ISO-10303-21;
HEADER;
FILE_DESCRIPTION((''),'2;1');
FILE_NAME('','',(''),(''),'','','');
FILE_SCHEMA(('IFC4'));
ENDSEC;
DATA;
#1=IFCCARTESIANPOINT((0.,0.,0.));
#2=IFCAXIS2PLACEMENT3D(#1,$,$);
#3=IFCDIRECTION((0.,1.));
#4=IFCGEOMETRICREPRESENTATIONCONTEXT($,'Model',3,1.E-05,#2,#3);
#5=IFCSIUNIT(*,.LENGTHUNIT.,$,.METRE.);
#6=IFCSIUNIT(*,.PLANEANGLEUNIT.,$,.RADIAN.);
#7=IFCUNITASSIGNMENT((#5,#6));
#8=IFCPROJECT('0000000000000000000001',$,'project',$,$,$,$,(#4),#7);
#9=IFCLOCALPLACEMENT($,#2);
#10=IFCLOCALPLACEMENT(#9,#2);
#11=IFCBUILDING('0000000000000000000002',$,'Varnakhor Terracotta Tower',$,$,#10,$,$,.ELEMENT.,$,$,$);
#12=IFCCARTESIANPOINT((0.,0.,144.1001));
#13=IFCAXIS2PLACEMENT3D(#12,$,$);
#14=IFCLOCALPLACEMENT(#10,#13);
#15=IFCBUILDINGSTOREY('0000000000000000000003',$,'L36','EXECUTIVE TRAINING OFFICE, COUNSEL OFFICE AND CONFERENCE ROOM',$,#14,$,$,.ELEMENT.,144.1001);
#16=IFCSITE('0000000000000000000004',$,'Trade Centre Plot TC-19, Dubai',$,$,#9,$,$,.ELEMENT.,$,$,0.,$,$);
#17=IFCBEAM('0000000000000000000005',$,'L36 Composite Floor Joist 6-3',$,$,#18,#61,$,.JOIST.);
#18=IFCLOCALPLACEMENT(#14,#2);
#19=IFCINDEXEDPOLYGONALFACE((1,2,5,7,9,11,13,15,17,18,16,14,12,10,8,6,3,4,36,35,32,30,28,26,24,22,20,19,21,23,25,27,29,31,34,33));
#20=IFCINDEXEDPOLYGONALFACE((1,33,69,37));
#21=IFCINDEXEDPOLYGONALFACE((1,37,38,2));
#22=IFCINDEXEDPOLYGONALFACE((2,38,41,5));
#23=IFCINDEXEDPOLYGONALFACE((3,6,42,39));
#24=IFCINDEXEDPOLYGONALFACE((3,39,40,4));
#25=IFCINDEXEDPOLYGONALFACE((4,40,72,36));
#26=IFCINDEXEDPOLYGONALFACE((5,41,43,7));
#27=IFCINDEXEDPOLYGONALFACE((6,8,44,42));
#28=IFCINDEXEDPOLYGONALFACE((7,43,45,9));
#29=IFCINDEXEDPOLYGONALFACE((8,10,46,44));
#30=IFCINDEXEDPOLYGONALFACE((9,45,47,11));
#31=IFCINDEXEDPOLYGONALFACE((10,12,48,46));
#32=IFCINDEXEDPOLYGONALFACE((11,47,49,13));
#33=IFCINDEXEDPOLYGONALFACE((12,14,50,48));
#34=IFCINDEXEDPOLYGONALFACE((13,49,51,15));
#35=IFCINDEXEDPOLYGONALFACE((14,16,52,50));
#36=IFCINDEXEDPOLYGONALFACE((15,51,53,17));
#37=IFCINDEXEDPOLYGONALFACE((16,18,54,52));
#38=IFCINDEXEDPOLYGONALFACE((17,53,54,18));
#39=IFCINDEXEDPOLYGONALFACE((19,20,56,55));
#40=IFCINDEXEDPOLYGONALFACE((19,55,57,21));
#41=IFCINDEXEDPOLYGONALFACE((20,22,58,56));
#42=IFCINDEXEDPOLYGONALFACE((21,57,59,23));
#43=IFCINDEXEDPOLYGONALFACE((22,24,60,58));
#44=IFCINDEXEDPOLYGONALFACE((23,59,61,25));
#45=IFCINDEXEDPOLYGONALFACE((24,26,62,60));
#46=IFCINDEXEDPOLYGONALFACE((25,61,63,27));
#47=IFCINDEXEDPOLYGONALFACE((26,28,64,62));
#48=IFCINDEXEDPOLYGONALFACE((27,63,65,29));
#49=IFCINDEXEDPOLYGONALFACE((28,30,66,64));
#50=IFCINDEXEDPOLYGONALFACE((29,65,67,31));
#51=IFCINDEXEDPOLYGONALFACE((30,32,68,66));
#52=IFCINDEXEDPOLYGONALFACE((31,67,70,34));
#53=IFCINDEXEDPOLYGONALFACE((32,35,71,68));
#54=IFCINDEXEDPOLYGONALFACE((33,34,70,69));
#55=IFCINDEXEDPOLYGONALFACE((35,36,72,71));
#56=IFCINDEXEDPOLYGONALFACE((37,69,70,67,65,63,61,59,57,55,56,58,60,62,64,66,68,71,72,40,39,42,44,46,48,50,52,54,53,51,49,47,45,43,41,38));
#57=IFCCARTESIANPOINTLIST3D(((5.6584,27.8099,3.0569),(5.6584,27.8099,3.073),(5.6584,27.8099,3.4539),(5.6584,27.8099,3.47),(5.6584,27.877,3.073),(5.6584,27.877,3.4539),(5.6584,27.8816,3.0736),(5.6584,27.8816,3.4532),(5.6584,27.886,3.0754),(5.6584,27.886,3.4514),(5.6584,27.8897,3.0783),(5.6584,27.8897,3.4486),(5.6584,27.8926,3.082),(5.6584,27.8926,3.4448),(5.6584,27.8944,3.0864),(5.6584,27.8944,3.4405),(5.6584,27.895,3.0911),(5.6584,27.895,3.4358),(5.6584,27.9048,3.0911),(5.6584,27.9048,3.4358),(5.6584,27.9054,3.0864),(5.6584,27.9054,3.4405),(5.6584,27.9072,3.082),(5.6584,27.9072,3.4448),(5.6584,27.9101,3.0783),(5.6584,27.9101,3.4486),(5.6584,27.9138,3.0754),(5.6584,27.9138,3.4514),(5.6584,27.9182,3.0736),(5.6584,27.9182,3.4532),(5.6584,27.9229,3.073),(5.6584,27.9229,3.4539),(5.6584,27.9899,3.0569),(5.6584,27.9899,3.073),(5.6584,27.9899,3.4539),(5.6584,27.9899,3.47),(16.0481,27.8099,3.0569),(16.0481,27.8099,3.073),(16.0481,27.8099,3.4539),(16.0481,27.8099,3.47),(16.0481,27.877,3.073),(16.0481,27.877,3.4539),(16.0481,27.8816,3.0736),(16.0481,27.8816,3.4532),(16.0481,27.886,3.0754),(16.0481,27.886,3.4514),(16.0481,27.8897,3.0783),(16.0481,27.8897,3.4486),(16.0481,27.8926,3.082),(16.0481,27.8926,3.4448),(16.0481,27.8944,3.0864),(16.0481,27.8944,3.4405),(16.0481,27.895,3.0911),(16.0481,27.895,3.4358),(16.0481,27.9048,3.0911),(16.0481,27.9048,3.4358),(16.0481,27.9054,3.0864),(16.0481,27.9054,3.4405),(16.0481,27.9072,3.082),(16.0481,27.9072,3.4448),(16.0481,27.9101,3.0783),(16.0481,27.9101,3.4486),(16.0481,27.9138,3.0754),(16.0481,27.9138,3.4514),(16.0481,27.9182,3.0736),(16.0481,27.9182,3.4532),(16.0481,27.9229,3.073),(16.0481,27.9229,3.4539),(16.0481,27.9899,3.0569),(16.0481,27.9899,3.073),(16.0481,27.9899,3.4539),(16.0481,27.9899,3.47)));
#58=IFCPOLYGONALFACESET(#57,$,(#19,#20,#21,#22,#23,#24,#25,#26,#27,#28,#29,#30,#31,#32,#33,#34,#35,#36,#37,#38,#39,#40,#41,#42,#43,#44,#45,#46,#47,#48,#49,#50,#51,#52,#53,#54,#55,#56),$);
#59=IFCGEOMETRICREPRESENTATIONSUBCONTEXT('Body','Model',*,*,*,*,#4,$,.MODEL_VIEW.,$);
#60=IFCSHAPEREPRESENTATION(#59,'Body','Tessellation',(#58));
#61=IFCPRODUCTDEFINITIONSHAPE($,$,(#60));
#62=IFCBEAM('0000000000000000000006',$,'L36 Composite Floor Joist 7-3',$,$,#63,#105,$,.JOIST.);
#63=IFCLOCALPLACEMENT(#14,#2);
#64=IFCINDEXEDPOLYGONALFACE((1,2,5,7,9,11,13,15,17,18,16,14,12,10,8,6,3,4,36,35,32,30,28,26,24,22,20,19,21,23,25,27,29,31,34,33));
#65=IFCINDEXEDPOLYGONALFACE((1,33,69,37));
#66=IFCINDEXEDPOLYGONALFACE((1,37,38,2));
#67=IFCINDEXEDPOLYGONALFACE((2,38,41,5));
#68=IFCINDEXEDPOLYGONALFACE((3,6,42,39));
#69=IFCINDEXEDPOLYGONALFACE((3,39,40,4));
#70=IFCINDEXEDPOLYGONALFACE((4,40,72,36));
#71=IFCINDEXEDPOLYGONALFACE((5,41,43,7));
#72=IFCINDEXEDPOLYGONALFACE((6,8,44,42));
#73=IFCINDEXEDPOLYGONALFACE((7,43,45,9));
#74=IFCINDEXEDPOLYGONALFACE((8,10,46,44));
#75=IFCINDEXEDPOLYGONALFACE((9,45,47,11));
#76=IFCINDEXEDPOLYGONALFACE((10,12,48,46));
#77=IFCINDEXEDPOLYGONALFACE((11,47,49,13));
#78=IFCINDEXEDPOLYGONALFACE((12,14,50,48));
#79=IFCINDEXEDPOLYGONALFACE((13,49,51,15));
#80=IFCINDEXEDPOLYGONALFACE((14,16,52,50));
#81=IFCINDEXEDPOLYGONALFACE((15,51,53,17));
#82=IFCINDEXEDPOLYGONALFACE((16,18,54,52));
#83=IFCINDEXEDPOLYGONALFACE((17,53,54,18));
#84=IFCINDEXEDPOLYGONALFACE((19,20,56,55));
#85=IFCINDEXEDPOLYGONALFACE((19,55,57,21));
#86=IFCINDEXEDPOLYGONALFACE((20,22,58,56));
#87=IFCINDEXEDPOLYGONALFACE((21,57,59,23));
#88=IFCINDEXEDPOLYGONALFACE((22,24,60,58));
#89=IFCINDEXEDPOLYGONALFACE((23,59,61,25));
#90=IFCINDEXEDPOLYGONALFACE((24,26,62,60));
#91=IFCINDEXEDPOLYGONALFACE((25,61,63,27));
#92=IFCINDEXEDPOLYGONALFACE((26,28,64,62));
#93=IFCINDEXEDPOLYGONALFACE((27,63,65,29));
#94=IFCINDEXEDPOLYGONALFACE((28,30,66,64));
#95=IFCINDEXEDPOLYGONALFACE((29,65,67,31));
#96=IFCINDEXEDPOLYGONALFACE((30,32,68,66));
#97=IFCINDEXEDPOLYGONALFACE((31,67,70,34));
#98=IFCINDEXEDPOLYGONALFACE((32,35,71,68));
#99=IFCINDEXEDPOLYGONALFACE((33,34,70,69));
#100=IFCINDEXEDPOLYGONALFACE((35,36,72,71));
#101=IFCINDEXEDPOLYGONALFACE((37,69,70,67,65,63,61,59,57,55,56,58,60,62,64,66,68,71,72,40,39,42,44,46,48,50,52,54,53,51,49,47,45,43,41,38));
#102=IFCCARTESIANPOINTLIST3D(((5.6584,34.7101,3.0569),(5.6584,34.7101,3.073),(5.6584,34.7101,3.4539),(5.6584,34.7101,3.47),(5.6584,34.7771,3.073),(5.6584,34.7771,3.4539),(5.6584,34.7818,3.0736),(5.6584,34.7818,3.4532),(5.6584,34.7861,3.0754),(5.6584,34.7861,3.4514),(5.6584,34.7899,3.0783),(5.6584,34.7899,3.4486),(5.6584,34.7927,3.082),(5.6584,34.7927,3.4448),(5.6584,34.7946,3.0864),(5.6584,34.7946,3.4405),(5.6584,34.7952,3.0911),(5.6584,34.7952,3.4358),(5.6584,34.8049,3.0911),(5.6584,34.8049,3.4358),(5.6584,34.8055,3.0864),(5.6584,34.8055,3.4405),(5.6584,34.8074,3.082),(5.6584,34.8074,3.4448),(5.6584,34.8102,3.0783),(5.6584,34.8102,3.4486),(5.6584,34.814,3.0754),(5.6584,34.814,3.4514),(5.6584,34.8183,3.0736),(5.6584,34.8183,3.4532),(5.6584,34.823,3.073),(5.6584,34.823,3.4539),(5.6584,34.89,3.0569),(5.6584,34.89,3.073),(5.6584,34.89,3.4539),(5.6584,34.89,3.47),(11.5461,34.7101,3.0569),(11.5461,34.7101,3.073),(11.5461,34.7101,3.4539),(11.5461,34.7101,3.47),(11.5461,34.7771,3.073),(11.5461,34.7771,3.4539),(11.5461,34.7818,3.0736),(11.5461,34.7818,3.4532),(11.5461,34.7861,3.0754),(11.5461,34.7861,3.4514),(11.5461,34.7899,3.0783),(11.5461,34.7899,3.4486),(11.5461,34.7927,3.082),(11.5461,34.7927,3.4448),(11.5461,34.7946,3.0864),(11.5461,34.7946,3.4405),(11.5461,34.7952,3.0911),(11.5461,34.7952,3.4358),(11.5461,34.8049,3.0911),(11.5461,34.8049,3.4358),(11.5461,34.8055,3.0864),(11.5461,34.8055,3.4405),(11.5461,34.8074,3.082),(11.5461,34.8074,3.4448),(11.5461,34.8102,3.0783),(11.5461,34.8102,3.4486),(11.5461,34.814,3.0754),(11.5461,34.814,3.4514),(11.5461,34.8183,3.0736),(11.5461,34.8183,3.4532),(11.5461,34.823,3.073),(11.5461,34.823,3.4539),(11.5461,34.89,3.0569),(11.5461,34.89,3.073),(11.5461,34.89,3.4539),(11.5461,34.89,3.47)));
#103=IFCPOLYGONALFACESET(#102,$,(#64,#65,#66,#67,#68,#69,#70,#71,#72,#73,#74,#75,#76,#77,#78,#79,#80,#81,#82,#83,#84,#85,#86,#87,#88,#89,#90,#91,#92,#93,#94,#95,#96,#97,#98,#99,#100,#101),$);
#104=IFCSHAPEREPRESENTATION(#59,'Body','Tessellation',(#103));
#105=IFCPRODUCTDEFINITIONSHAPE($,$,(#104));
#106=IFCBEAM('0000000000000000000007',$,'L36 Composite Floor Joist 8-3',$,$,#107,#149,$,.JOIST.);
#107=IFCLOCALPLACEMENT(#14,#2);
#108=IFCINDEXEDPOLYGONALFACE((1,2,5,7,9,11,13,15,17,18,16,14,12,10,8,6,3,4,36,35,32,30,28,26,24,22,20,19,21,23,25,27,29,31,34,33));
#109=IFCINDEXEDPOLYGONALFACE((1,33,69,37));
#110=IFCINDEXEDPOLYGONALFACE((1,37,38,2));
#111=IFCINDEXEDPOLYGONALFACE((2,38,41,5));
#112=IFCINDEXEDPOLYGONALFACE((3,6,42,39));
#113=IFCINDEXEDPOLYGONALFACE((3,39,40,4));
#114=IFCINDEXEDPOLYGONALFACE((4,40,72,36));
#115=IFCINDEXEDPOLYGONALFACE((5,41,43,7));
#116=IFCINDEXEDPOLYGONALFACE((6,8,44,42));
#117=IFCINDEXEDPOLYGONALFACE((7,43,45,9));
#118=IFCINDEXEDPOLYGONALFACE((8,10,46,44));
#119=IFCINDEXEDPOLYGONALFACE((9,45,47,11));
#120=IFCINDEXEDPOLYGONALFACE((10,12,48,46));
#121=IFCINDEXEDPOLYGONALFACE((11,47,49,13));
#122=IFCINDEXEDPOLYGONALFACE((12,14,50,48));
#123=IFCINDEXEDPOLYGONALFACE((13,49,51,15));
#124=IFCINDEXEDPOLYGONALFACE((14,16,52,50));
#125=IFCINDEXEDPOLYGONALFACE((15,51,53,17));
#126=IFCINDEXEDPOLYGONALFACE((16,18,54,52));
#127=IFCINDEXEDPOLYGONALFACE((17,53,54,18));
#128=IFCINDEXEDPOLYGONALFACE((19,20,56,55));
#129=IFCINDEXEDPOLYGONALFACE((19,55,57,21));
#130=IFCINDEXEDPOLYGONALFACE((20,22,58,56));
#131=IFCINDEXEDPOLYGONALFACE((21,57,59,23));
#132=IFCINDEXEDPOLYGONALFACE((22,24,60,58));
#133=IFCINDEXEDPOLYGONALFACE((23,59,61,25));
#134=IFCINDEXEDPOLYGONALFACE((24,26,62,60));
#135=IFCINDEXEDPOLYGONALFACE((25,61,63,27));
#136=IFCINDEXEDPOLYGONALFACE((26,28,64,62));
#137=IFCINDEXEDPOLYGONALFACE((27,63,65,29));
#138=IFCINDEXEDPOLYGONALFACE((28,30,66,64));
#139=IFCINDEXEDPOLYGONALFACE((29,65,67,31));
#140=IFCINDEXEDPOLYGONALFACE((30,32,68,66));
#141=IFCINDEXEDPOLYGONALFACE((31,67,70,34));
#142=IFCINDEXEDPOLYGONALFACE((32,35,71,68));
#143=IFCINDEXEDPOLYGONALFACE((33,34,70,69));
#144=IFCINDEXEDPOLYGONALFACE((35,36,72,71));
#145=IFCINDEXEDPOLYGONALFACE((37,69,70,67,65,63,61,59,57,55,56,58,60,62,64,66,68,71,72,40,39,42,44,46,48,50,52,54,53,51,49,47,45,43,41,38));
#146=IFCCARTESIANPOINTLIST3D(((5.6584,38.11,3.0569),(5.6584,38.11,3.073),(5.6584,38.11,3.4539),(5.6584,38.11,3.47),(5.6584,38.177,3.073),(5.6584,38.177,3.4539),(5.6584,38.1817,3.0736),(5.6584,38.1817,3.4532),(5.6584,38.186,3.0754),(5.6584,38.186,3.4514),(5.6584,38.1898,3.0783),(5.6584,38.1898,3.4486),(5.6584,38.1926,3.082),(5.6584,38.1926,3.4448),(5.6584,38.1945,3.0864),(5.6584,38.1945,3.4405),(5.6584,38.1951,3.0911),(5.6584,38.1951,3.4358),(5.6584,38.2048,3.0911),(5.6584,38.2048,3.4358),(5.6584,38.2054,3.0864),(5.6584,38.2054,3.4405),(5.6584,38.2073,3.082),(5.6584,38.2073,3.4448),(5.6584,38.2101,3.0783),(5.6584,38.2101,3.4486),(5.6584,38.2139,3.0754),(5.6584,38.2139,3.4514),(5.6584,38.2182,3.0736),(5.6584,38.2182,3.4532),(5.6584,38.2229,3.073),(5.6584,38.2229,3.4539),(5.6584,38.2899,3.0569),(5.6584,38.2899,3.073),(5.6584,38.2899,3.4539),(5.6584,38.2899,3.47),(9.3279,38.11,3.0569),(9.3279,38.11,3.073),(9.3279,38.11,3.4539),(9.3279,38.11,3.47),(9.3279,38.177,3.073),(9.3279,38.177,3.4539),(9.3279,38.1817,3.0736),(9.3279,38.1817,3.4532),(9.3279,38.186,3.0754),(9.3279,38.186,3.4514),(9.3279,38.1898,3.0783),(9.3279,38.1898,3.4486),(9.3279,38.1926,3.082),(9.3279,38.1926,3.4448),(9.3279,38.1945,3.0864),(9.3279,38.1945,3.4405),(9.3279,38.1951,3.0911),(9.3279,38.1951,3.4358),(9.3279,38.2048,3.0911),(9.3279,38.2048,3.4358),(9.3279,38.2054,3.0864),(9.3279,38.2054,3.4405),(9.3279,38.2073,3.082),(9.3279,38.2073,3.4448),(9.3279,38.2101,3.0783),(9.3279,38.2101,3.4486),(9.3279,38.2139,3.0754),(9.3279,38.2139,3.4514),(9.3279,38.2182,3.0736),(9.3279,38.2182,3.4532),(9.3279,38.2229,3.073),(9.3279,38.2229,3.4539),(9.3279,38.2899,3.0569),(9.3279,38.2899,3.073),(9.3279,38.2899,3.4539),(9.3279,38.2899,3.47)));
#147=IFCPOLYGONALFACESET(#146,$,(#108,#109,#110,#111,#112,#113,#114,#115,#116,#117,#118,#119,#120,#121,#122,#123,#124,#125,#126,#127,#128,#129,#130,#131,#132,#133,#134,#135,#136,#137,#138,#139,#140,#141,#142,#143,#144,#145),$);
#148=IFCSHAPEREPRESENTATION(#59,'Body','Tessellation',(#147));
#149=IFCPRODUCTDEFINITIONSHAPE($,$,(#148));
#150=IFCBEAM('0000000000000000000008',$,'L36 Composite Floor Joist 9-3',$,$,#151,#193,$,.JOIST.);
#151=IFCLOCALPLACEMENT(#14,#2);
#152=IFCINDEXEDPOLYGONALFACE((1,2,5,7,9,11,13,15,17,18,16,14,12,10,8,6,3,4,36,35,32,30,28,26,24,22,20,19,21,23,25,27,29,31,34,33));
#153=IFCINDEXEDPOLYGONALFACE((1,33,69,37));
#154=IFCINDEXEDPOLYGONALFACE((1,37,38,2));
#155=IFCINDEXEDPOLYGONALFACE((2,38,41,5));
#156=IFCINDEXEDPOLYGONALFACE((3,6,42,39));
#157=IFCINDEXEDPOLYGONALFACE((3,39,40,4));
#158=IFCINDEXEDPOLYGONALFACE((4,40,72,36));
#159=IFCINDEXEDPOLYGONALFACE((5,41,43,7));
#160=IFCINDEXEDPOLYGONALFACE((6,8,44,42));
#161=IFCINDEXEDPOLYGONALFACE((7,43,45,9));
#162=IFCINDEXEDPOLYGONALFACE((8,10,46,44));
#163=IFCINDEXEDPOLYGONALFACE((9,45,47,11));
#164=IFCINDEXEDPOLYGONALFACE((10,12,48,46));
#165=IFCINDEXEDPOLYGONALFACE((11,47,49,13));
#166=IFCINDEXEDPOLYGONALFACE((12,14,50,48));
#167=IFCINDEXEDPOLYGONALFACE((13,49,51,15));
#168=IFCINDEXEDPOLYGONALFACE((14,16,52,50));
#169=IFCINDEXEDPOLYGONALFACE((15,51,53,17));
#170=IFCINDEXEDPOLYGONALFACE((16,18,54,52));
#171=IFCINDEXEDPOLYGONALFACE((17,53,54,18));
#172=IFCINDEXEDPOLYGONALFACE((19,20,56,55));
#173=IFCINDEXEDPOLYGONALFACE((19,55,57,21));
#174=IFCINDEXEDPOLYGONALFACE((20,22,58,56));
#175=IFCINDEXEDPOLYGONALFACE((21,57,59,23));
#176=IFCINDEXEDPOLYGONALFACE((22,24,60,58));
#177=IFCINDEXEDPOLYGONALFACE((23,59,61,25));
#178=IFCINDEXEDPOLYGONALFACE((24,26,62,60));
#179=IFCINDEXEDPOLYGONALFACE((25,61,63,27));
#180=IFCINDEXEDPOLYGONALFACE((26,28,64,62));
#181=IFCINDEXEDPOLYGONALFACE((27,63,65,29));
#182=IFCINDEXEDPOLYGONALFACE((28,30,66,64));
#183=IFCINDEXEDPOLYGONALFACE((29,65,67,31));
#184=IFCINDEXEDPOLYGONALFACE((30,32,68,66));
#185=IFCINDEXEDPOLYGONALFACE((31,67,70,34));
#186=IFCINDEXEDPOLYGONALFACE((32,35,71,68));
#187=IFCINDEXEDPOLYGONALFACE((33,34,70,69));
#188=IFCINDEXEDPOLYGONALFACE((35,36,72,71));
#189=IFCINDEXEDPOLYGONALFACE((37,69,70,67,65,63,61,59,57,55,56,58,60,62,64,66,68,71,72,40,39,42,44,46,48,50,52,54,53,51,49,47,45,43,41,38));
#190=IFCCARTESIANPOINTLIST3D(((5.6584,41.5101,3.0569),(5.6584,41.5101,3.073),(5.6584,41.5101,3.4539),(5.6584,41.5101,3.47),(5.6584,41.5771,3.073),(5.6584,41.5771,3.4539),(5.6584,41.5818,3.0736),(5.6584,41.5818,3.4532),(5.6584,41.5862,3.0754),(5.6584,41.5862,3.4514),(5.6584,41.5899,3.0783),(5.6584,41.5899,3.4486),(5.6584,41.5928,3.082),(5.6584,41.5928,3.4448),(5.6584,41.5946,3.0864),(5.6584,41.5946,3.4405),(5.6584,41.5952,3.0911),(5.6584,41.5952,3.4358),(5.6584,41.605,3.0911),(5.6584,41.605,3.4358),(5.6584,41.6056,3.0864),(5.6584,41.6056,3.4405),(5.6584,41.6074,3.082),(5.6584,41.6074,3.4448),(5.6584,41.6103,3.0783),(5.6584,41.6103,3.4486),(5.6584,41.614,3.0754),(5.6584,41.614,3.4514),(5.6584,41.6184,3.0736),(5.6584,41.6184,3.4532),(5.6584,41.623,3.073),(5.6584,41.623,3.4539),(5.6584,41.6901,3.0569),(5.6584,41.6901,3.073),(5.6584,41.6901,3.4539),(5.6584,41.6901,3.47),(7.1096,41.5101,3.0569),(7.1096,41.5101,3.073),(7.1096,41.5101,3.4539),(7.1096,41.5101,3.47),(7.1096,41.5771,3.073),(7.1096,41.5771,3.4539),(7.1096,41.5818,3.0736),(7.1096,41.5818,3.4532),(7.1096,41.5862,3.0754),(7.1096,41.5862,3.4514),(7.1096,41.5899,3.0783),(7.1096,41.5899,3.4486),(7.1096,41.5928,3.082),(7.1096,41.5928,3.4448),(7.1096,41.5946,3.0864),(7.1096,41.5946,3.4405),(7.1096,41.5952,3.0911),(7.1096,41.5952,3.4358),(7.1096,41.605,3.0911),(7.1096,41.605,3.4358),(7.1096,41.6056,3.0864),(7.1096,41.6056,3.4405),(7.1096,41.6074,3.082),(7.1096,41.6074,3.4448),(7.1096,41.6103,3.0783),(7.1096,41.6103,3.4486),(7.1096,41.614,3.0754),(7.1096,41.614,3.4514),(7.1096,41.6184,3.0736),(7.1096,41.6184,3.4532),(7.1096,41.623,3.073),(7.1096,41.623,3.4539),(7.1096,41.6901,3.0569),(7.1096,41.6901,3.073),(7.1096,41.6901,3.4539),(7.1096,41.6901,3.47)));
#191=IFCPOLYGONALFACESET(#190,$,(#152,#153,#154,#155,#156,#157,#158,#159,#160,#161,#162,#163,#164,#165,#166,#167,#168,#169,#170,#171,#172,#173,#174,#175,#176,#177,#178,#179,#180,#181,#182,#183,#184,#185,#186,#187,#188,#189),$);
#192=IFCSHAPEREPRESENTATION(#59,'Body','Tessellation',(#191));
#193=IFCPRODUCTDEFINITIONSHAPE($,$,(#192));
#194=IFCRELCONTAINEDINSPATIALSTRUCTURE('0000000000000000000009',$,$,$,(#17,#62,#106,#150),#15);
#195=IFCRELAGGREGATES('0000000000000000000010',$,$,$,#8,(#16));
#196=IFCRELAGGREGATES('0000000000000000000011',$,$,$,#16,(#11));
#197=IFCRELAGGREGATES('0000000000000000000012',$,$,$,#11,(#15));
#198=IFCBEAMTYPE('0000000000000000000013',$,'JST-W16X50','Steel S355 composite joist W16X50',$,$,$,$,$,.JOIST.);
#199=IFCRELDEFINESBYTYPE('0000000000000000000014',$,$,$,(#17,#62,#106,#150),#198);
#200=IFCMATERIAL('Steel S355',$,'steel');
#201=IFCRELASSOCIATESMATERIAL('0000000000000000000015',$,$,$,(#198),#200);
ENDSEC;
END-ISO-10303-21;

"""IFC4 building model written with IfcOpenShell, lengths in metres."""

from ifc_helpers import new_model, si_unit, direction, frame, origin, origin_2d, place, context, subcontext, project, spatial, i_section, extrude, source, transform, mapped, material, material_profile, profile_set, type_object, element, save


model = new_model("IFC4")

# Units and contexts
model_context = context("Model", 3, precision=1e-05, world=origin(), true_north=direction((0.0, 1.0)))
body_context = subcontext(model_context, "Body", "Model", "MODEL_VIEW")
ifc_project = project(units=[si_unit("LENGTHUNIT", "METRE"), si_unit("PLANEANGLEUNIT", "RADIAN")], contexts=[model_context])

# Site, building, storey
site_placement = place(None, origin())
site = spatial("IfcSite", under=ifc_project, at=site_placement, Name="Trade Centre Plot TC-19, Dubai", CompositionType="ELEMENT", RefElevation=0.0)
building_placement = place(site_placement, origin())
building = spatial("IfcBuilding", under=site, at=building_placement, Name="Varnakhor Terracotta Tower", CompositionType="ELEMENT")
storey_placement = place(building_placement, frame((0.0, 0.0, 144.1001)))
storey = spatial("IfcBuildingStorey", under=building, at=storey_placement, Name="L36", Description="EXECUTIVE TRAINING OFFICE, COUNSEL OFFICE AND CONFERENCE ROOM", CompositionType="ELEMENT", Elevation=144.1001)

# Beams
ifc_material_1 = material(Name="Steel S355", Category="steel")
ifc_material_profile_1 = material_profile(ifc_material_1, i_section(OverallWidth=0.1799, OverallDepth=0.4131, WebThickness=0.0098, FlangeThickness=0.0161, FilletRadius=0.0181, at=origin_2d()), Name="W16X50")
ifc_profile_set_1 = profile_set([ifc_material_profile_1], Name="Steel S355")
beam_type_1 = type_object("IfcBeamType", Name="JST-W16X50", Description="Steel S355 composite joist W16X50", PredefinedType="JOIST", material=ifc_profile_set_1)
shared_shape_1 = source(origin(), body_context, "Body", "SweptSolid", [
    extrude(i_section(OverallWidth=0.1799, OverallDepth=0.4131, WebThickness=0.0098, FlangeThickness=0.0161, FilletRadius=0.0181, at=origin_2d()), origin(), (0.0, 0.0, 1.0), 10.3896),
])
beam_1_placement = place(storey_placement, frame((5.6584, 27.8999, 3.2634), z_axis=(1.0, 0.0, 0.0), x_axis=(0.0, 1.0, 0.0)))
element("IfcBeam", 1, at=beam_1_placement, inside=storey, type_object=beam_type_1, Name="L36 Composite Floor Joist 6-3", PredefinedType="JOIST", context=body_context, shape_type="MappedRepresentation", body=[
    mapped(shared_shape_1, transform((0.0, 0.0, 0.0), scale=1.0)),
])
shared_shape_2 = source(origin(), body_context, "Body", "SweptSolid", [
    extrude(i_section(OverallWidth=0.1799, OverallDepth=0.4131, WebThickness=0.0098, FlangeThickness=0.0161, FilletRadius=0.0181, at=origin_2d()), origin(), (0.0, 0.0, 1.0), 5.8877),
])
beam_2_placement = place(storey_placement, frame((5.6584, 34.8, 3.2634), z_axis=(1.0, 0.0, 0.0), x_axis=(0.0, 1.0, 0.0)))
element("IfcBeam", 2, at=beam_2_placement, inside=storey, type_object=beam_type_1, Name="L36 Composite Floor Joist 7-3", PredefinedType="JOIST", context=body_context, shape_type="MappedRepresentation", body=[
    mapped(shared_shape_2, transform((0.0, 0.0, 0.0), scale=1.0)),
])
shared_shape_3 = source(origin(), body_context, "Body", "SweptSolid", [
    extrude(i_section(OverallWidth=0.1799, OverallDepth=0.4131, WebThickness=0.0098, FlangeThickness=0.0161, FilletRadius=0.0181, at=origin_2d()), origin(), (0.0, 0.0, 1.0), 3.6694),
])
beam_3_placement = place(storey_placement, frame((5.6584, 38.2, 3.2634), z_axis=(1.0, 0.0, 0.0), x_axis=(0.0, 1.0, 0.0)))
element("IfcBeam", 3, at=beam_3_placement, inside=storey, type_object=beam_type_1, Name="L36 Composite Floor Joist 8-3", PredefinedType="JOIST", context=body_context, shape_type="MappedRepresentation", body=[
    mapped(shared_shape_3, transform((0.0, 0.0, 0.0), scale=1.0)),
])
shared_shape_4 = source(origin(), body_context, "Body", "SweptSolid", [
    extrude(i_section(OverallWidth=0.1799, OverallDepth=0.4131, WebThickness=0.0098, FlangeThickness=0.0161, FilletRadius=0.0181, at=origin_2d()), origin(), (0.0, 0.0, 1.0), 1.4512),
])
beam_4_placement = place(storey_placement, frame((5.6584, 41.6001, 3.2634), z_axis=(1.0, 0.0, 0.0), x_axis=(0.0, 1.0, 0.0)))
element("IfcBeam", 4, at=beam_4_placement, inside=storey, type_object=beam_type_1, Name="L36 Composite Floor Joist 9-3", PredefinedType="JOIST", context=body_context, shape_type="MappedRepresentation", body=[
    mapped(shared_shape_4, transform((0.0, 0.0, 0.0), scale=1.0)),
])

save(model, "model.ifc")
